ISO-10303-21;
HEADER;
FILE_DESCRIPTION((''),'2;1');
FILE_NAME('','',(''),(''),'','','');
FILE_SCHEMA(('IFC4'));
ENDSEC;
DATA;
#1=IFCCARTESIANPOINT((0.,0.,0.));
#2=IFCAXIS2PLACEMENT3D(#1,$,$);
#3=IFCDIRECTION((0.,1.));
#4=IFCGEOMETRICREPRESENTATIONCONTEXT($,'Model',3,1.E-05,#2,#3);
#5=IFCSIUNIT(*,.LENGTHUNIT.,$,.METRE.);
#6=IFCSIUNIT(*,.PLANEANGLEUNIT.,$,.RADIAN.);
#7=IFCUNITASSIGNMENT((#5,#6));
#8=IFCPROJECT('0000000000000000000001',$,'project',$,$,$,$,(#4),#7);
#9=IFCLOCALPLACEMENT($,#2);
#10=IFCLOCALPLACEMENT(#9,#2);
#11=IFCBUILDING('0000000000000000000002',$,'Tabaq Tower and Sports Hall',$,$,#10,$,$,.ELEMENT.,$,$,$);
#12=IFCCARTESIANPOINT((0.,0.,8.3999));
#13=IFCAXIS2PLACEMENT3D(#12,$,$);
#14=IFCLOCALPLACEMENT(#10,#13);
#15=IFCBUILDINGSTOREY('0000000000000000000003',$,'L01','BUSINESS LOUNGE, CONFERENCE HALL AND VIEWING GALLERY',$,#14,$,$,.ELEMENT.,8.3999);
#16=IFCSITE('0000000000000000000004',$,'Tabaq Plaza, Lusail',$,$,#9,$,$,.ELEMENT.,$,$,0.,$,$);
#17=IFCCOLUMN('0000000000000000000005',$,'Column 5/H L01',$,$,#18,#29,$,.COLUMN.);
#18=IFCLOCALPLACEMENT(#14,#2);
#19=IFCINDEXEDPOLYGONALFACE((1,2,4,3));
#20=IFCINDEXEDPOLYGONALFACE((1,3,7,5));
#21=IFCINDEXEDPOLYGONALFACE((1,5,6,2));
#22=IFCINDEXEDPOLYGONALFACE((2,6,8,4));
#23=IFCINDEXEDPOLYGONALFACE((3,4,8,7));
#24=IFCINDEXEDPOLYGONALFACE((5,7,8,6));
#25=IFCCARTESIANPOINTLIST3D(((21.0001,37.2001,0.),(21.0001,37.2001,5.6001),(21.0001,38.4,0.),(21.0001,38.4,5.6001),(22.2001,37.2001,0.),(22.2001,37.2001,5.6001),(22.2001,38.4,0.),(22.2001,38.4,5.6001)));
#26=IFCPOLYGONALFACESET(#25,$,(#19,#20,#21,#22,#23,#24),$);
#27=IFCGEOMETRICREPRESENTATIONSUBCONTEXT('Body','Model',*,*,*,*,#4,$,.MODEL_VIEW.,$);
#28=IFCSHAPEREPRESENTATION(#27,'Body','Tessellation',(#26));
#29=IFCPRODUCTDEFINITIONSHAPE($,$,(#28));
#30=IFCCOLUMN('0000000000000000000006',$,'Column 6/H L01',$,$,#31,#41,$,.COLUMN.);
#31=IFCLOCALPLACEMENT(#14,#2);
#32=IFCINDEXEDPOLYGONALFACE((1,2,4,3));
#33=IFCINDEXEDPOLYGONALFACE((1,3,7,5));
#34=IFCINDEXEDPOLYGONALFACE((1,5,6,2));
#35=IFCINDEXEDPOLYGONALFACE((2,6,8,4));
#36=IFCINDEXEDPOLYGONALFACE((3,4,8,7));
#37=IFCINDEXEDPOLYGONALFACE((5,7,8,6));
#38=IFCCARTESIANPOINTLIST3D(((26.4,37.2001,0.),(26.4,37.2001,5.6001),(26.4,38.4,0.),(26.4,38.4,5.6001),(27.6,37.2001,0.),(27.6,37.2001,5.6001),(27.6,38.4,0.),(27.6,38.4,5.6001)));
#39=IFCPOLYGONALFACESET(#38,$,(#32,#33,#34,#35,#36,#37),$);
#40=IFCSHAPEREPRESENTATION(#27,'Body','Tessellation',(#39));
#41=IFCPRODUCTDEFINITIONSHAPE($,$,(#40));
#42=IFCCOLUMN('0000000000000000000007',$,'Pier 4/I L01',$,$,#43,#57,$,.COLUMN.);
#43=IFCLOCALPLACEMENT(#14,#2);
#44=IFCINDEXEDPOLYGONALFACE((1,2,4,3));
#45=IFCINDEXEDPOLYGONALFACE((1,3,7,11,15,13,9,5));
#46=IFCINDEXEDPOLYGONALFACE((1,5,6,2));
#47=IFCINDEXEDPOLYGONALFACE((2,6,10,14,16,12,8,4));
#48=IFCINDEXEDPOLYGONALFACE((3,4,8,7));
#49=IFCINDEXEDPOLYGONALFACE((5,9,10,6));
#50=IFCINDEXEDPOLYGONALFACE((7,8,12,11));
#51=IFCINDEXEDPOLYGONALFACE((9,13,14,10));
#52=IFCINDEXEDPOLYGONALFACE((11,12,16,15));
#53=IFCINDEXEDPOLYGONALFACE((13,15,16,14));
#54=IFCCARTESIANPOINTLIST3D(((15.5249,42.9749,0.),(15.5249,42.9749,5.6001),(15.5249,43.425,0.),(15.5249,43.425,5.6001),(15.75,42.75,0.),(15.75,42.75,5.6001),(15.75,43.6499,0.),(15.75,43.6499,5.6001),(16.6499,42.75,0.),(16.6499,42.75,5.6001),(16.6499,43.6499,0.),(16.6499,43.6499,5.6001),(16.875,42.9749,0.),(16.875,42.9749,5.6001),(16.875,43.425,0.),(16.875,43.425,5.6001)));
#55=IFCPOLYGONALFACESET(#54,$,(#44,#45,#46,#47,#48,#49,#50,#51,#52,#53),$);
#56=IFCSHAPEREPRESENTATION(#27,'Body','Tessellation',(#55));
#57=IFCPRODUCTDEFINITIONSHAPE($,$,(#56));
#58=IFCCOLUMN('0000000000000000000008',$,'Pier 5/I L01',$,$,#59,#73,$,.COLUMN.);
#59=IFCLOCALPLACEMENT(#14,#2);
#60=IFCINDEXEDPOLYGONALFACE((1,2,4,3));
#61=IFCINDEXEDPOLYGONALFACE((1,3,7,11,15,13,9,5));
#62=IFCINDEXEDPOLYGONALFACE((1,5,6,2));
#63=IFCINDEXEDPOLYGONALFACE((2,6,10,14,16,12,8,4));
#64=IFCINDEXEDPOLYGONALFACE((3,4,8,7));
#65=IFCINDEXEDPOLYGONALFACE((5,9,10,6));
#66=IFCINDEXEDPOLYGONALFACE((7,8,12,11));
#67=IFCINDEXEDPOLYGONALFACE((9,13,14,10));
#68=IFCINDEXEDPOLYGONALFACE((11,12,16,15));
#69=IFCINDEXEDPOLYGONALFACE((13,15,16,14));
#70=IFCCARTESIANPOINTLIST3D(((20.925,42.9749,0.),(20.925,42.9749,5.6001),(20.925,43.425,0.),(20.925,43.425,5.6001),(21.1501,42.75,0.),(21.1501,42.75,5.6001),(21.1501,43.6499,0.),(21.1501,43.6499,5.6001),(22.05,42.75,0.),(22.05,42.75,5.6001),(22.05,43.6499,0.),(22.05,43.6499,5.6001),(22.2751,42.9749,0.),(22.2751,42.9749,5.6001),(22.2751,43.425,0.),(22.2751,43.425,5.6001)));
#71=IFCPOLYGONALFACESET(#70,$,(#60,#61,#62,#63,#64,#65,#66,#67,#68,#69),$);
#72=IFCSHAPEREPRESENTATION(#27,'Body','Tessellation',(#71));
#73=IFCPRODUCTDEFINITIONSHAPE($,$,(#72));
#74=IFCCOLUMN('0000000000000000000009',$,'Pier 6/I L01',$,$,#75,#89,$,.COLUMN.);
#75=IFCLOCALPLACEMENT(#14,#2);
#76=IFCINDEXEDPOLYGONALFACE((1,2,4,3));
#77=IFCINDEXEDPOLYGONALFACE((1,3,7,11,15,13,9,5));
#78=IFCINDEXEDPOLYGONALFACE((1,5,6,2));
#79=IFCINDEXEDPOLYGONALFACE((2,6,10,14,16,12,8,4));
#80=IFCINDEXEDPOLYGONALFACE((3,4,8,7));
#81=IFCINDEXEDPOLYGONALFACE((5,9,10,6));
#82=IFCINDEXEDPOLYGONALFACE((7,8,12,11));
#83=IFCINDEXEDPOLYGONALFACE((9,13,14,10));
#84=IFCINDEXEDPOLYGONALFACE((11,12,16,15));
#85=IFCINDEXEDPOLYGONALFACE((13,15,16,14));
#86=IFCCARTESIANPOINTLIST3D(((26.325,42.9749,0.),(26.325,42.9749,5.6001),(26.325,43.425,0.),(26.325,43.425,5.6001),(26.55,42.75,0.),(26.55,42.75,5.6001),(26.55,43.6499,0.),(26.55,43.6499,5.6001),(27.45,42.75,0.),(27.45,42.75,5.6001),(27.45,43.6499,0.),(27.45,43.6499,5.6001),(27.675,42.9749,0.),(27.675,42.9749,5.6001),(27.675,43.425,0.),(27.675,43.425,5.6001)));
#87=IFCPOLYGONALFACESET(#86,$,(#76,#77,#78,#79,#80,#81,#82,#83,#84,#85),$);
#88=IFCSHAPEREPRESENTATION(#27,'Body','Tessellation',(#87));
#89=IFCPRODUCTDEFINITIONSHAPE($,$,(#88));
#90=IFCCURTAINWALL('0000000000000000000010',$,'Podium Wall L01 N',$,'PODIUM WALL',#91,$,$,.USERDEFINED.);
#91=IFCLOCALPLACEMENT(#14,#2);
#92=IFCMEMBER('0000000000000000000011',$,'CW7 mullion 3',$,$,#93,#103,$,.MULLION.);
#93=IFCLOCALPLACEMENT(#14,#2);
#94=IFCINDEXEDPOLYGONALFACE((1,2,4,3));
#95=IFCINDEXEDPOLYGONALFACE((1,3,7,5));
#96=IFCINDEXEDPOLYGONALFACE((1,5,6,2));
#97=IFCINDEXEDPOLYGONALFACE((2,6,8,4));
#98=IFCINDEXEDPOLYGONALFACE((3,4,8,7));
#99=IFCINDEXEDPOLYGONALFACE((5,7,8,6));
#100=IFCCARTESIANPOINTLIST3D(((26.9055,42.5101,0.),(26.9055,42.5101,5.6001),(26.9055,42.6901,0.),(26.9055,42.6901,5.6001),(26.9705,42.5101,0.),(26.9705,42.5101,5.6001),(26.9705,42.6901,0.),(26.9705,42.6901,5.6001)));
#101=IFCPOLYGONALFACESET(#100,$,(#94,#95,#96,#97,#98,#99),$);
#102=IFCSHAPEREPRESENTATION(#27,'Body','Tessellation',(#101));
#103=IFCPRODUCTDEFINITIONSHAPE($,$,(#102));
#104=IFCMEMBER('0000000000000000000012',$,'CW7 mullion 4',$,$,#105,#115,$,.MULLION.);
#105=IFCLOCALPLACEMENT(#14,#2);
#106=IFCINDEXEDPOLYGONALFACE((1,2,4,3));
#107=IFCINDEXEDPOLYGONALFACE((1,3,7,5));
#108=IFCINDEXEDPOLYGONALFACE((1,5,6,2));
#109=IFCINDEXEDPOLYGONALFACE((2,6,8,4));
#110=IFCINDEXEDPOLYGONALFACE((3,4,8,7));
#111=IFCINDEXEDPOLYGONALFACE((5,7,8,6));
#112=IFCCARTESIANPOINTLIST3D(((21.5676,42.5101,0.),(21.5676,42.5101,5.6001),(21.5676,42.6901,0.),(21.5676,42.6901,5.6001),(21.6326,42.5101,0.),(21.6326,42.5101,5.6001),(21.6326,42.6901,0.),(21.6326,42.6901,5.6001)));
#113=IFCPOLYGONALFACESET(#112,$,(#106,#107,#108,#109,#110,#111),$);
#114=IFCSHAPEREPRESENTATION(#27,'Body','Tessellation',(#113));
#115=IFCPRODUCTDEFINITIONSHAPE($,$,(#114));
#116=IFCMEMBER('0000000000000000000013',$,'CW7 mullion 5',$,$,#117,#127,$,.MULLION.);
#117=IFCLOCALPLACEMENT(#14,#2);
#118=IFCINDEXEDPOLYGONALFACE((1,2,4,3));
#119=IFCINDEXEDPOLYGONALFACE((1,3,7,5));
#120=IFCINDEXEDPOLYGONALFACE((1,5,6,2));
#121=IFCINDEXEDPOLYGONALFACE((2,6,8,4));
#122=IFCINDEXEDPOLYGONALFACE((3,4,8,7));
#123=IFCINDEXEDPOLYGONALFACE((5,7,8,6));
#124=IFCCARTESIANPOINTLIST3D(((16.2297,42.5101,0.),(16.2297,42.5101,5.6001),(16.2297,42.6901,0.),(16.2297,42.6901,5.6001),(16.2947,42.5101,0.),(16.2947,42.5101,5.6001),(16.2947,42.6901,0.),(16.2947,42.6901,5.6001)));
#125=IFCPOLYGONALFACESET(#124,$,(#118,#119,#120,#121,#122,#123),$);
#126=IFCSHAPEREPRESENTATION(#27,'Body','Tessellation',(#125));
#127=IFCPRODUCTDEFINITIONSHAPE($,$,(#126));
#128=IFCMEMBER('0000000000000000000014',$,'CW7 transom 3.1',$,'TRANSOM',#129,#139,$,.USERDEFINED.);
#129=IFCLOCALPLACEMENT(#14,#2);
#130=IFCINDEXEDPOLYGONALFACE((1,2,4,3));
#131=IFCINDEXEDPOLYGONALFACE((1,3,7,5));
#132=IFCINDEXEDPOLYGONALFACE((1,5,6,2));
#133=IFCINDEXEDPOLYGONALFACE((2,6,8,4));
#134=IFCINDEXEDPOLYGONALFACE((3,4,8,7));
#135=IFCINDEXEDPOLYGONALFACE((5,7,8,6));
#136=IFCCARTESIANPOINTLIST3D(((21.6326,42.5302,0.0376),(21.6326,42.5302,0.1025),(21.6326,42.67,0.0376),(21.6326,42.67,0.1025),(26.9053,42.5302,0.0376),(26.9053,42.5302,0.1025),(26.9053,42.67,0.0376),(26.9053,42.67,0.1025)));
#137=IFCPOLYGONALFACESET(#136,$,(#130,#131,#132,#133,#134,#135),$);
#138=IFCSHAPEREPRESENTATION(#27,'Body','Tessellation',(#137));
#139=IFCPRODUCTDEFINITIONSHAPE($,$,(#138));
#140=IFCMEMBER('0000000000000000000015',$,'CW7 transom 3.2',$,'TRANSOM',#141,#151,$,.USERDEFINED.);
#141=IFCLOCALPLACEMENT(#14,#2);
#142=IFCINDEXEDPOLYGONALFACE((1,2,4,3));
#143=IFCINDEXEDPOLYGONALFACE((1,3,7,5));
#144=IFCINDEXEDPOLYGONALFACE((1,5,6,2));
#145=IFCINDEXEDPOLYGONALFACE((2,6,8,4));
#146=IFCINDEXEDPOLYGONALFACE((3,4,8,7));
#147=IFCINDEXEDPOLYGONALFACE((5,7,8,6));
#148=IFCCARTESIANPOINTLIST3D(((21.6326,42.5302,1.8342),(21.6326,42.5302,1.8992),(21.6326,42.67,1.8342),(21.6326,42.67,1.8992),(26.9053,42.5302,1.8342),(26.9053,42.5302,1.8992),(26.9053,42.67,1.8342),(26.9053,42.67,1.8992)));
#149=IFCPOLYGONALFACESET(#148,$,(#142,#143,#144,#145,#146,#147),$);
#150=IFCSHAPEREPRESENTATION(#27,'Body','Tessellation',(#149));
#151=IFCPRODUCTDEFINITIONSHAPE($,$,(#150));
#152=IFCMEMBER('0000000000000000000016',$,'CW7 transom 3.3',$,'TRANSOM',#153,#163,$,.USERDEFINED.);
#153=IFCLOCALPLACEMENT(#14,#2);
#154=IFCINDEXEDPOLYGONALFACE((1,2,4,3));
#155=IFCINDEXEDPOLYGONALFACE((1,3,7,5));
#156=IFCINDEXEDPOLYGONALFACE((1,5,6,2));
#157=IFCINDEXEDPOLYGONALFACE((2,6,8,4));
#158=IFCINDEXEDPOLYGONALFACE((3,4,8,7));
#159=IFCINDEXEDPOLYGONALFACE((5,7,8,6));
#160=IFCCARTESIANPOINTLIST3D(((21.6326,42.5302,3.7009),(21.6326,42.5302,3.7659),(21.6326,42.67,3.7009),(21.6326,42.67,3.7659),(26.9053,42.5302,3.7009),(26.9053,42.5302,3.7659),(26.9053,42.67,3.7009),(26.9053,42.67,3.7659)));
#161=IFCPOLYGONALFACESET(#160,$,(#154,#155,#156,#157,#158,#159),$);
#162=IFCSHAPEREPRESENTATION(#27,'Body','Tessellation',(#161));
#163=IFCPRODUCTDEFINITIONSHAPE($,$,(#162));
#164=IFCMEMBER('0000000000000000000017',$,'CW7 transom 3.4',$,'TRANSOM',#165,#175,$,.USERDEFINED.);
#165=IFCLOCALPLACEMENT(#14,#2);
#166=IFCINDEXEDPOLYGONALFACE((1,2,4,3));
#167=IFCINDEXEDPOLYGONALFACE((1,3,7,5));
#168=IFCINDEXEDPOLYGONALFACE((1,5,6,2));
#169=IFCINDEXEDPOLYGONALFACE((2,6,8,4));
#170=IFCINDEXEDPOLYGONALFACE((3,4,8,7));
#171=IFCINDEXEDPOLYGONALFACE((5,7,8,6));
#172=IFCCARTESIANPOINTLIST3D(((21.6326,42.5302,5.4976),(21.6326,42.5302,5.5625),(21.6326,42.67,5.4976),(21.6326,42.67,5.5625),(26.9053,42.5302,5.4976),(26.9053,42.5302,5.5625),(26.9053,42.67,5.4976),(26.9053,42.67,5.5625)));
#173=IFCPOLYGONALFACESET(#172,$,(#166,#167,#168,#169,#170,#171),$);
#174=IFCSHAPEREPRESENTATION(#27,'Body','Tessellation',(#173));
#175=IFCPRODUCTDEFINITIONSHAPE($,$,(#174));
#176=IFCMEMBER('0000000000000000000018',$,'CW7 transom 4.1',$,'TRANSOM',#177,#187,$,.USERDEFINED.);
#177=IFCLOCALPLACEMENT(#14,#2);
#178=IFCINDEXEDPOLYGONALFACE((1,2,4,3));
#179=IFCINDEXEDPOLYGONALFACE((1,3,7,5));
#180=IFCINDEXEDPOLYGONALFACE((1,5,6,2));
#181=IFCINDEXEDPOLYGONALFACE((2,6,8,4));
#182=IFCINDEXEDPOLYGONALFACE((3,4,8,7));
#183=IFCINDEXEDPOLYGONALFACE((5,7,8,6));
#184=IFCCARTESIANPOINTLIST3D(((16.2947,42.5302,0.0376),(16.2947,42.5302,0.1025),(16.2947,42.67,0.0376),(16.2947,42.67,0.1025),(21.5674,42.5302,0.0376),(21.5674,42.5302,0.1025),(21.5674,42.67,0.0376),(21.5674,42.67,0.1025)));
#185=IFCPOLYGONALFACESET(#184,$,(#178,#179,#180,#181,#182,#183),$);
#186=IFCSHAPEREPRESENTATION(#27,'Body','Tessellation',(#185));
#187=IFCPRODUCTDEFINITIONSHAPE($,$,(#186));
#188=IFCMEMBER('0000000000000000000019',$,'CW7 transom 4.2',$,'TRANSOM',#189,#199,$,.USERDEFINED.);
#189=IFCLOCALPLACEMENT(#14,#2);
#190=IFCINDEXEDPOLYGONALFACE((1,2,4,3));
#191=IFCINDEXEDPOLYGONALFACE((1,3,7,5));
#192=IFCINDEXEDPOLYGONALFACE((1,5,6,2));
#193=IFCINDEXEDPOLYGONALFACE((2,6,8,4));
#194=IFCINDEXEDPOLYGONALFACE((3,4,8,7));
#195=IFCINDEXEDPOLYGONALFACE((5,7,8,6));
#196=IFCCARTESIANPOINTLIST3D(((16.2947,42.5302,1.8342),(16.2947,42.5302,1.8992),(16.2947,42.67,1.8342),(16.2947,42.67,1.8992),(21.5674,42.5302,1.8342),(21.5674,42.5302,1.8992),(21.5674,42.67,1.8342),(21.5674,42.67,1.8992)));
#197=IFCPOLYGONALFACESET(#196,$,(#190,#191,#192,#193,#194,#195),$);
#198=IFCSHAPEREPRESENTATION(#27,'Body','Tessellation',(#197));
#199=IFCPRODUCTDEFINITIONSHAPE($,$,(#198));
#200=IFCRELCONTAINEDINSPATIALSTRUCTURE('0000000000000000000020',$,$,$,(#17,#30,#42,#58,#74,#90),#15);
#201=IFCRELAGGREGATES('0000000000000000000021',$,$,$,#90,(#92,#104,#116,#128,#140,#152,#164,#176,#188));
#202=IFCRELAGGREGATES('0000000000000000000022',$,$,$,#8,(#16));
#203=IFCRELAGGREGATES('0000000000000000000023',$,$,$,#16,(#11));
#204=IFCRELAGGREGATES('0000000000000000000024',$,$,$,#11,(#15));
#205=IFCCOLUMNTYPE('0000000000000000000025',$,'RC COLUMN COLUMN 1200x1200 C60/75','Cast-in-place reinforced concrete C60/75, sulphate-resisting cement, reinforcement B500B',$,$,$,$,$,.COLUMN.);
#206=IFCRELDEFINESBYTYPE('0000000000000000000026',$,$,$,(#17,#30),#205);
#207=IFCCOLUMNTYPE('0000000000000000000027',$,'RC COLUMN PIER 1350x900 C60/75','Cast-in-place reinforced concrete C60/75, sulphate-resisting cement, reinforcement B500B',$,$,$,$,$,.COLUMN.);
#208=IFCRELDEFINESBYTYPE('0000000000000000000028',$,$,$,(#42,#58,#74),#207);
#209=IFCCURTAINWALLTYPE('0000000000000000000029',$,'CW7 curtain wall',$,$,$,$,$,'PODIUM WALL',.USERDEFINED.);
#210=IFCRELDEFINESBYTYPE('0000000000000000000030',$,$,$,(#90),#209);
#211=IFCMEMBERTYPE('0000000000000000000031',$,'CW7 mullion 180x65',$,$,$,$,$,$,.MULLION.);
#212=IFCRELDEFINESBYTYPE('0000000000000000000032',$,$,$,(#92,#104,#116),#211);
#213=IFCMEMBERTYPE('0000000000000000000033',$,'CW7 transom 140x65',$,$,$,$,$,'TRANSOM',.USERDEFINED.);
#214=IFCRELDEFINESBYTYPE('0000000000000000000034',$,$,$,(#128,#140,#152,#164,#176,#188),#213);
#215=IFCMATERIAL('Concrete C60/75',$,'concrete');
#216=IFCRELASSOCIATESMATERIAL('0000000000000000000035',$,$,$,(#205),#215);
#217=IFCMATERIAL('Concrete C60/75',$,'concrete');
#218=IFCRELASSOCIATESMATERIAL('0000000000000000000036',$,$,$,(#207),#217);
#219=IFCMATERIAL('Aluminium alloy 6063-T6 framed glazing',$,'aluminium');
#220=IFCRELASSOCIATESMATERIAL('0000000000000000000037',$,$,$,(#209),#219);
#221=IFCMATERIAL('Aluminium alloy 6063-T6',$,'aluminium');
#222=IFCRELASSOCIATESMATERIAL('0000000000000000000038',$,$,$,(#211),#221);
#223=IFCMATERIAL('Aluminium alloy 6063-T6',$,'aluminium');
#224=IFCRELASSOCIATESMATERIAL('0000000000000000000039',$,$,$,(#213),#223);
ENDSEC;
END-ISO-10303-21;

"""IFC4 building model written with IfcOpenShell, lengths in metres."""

from ifc_helpers import new_model, si_unit, direction, frame, origin, origin_2d, place, context, subcontext, project, spatial, polyline, rectangle, outline, extrude, material, material_profile, profile_set, type_object, element, aggregate, save


model = new_model("IFC4")

# Units and contexts
model_context = context("Model", 3, precision=1e-05, world=origin(), true_north=direction((0.0, 1.0)))
body_context = subcontext(model_context, "Body", "Model", "MODEL_VIEW")
ifc_project = project(units=[si_unit("LENGTHUNIT", "METRE"), si_unit("PLANEANGLEUNIT", "RADIAN")], contexts=[model_context])

# Site, building, storey
site_placement = place(None, origin())
site = spatial("IfcSite", under=ifc_project, at=site_placement, Name="Tabaq Plaza, Lusail", CompositionType="ELEMENT", RefElevation=0.0)
building_placement = place(site_placement, origin())
building = spatial("IfcBuilding", under=site, at=building_placement, Name="Tabaq Tower and Sports Hall", CompositionType="ELEMENT")
storey_placement = place(building_placement, frame((0.0, 0.0, 8.3999)))
storey = spatial("IfcBuildingStorey", under=building, at=storey_placement, Name="L01", Description="BUSINESS LOUNGE, CONFERENCE HALL AND VIEWING GALLERY", CompositionType="ELEMENT", Elevation=8.3999)

# Columns
ifc_material_1 = material(Name="Concrete C60/75", Category="concrete")
ifc_material_profile_1 = material_profile(ifc_material_1, rectangle(XDim=1.2, YDim=1.2, at=origin_2d()), Name="COLUMN 1200x1200")
ifc_profile_set_1 = profile_set([ifc_material_profile_1], Name="Concrete C60/75")
column_type_1 = type_object("IfcColumnType", Name="RC COLUMN COLUMN 1200x1200 C60/75", Description="Cast-in-place reinforced concrete C60/75, sulphate-resisting cement, reinforcement B500B", PredefinedType="COLUMN", material=ifc_profile_set_1)
for number, where, z_axis, x_axis, name in (
    (1, (21.6001, 37.8, 0.0), (0.0, 0.0, 1.0), (1.0, 0.0, 0.0), "Column 5/H L01"),
    (2, (27.0, 37.8, 0.0), (0.0, 0.0, 1.0), (1.0, 0.0, 0.0), "Column 6/H L01"),
):
    element("IfcColumn", number, at=place(storey_placement, frame(where, z_axis=z_axis, x_axis=x_axis)), inside=storey, type_object=column_type_1, Name=name, PredefinedType="COLUMN", context=body_context, shape_type="SweptSolid", body=[
        extrude(rectangle(XDim=1.2, YDim=1.2, at=origin_2d()), origin(), (0.0, 0.0, 1.0), 5.6001),
    ])
ifc_material_2 = material(Name="Concrete C60/75", Category="concrete")
ifc_material_profile_2 = material_profile(ifc_material_2, outline(polyline([(-0.45, -0.45), (0.45, -0.45), (0.675, -0.2251), (0.675, 0.2251), (0.45, 0.45), (-0.45, 0.45), (-0.675, 0.2251), (-0.675, -0.2251), (-0.45, -0.45)])), Name="PIER 1350x900")
ifc_profile_set_2 = profile_set([ifc_material_profile_2], Name="Concrete C60/75")
column_type_2 = type_object("IfcColumnType", Name="RC COLUMN PIER 1350x900 C60/75", Description="Cast-in-place reinforced concrete C60/75, sulphate-resisting cement, reinforcement B500B", PredefinedType="COLUMN", material=ifc_profile_set_2)
for number, where, z_axis, x_axis, name in (
    (3, (16.2, 43.2, 0.0), (0.0, 0.0, 1.0), (1.0, 0.0, 0.0), "Pier 4/I L01"),
    (4, (21.6001, 43.2, 0.0), (0.0, 0.0, 1.0), (1.0, 0.0, 0.0), "Pier 5/I L01"),
    (5, (27.0, 43.2, 0.0), (0.0, 0.0, 1.0), (1.0, 0.0, 0.0), "Pier 6/I L01"),
):
    element("IfcColumn", number, at=place(storey_placement, frame(where, z_axis=z_axis, x_axis=x_axis)), inside=storey, type_object=column_type_2, Name=name, PredefinedType="COLUMN", context=body_context, shape_type="SweptSolid", body=[
        extrude(outline(polyline([(-0.45, -0.45), (0.45, -0.45), (0.675, -0.2251), (0.675, 0.2251), (0.45, 0.45), (-0.45, 0.45), (-0.675, 0.2251), (-0.675, -0.2251), (-0.45, -0.45)])), origin(), (0.0, 0.0, 1.0), 5.6001),
    ])

# Curtain wall, members
ifc_material_3 = material(Name="Aluminium alloy 6063-T6 framed glazing", Category="aluminium")
curtain_wall_type = type_object("IfcCurtainWallType", Name="CW7 curtain wall", ElementType="PODIUM WALL", PredefinedType="USERDEFINED", material=ifc_material_3)
curtain_wall_placement = place(storey_placement, origin())
curtain_wall = element("IfcCurtainWall", 6, at=curtain_wall_placement, inside=storey, type_object=curtain_wall_type, Name="Podium Wall L01 N", ObjectType="PODIUM WALL", PredefinedType="USERDEFINED")
ifc_material_4 = material(Name="Aluminium alloy 6063-T6", Category="aluminium")
ifc_material_profile_3 = material_profile(ifc_material_4, rectangle(XDim=0.1799, YDim=0.0649, at=origin_2d()), Name="MULLION 180x65")
ifc_profile_set_3 = profile_set([ifc_material_profile_3], Name="Aluminium alloy 6063-T6")
member_type_1 = type_object("IfcMemberType", Name="CW7 mullion 180x65", PredefinedType="MULLION", material=ifc_profile_set_3)
member_1_placement = place(storey_placement, frame((26.938, 42.6001, 0.0), z_axis=(0.0, 0.0, 1.0), x_axis=(0.0, -1.0, 0.0)))
member_1 = element("IfcMember", 7, at=member_1_placement, type_object=member_type_1, Name="CW7 mullion 3", PredefinedType="MULLION", context=body_context, shape_type="SweptSolid", body=[
    extrude(rectangle(XDim=0.1799, YDim=0.0649, at=origin_2d()), origin(), (0.0, 0.0, 1.0), 5.6001),
])
member_2_placement = place(storey_placement, frame((21.6001, 42.6001, 0.0), z_axis=(0.0, 0.0, 1.0), x_axis=(0.0, -1.0, 0.0)))
member_2 = element("IfcMember", 8, at=member_2_placement, type_object=member_type_1, Name="CW7 mullion 4", PredefinedType="MULLION", context=body_context, shape_type="SweptSolid", body=[
    extrude(rectangle(XDim=0.1799, YDim=0.0649, at=origin_2d()), origin(), (0.0, 0.0, 1.0), 5.6001),
])
member_3_placement = place(storey_placement, frame((16.2622, 42.6001, 0.0), z_axis=(0.0, 0.0, 1.0), x_axis=(0.0, -1.0, 0.0)))
member_3 = element("IfcMember", 9, at=member_3_placement, type_object=member_type_1, Name="CW7 mullion 5", PredefinedType="MULLION", context=body_context, shape_type="SweptSolid", body=[
    extrude(rectangle(XDim=0.1799, YDim=0.0649, at=origin_2d()), origin(), (0.0, 0.0, 1.0), 5.6001),
])
ifc_material_5 = material(Name="Aluminium alloy 6063-T6", Category="aluminium")
ifc_material_profile_4 = material_profile(ifc_material_5, rectangle(XDim=0.1399, YDim=0.0649, at=origin_2d()), Name="TRANSOM 140x65")
ifc_profile_set_4 = profile_set([ifc_material_profile_4], Name="Aluminium alloy 6063-T6")
member_type_2 = type_object("IfcMemberType", Name="CW7 transom 140x65", ElementType="TRANSOM", PredefinedType="USERDEFINED", material=ifc_profile_set_4)
member_4_placement = place(storey_placement, frame((26.9053, 42.6001, 0.0701), z_axis=(-1.0, 0.0, 0.0), x_axis=(0.0, -1.0, 0.0)))
member_4 = element("IfcMember", 10, at=member_4_placement, type_object=member_type_2, Name="CW7 transom 3.1", ObjectType="TRANSOM", PredefinedType="USERDEFINED", context=body_context, shape_type="SweptSolid", body=[
    extrude(rectangle(XDim=0.1399, YDim=0.0649, at=origin_2d()), origin(), (0.0, 0.0, 1.0), 5.2727),
])
member_5_placement = place(storey_placement, frame((26.9053, 42.6001, 1.8667), z_axis=(-1.0, 0.0, 0.0), x_axis=(0.0, -1.0, 0.0)))
member_5 = element("IfcMember", 11, at=member_5_placement, type_object=member_type_2, Name="CW7 transom 3.2", ObjectType="TRANSOM", PredefinedType="USERDEFINED", context=body_context, shape_type="SweptSolid", body=[
    extrude(rectangle(XDim=0.1399, YDim=0.0649, at=origin_2d()), origin(), (0.0, 0.0, 1.0), 5.2727),
])
member_6_placement = place(storey_placement, frame((26.9053, 42.6001, 3.7334), z_axis=(-1.0, 0.0, 0.0), x_axis=(0.0, -1.0, 0.0)))
member_6 = element("IfcMember", 12, at=member_6_placement, type_object=member_type_2, Name="CW7 transom 3.3", ObjectType="TRANSOM", PredefinedType="USERDEFINED", context=body_context, shape_type="SweptSolid", body=[
    extrude(rectangle(XDim=0.1399, YDim=0.0649, at=origin_2d()), origin(), (0.0, 0.0, 1.0), 5.2727),
])
member_7_placement = place(storey_placement, frame((26.9053, 42.6001, 5.53), z_axis=(-1.0, 0.0, 0.0), x_axis=(0.0, -1.0, 0.0)))
member_7 = element("IfcMember", 13, at=member_7_placement, type_object=member_type_2, Name="CW7 transom 3.4", ObjectType="TRANSOM", PredefinedType="USERDEFINED", context=body_context, shape_type="SweptSolid", body=[
    extrude(rectangle(XDim=0.1399, YDim=0.0649, at=origin_2d()), origin(), (0.0, 0.0, 1.0), 5.2727),
])
member_8_placement = place(storey_placement, frame((21.5674, 42.6001, 0.0701), z_axis=(-1.0, 0.0, 0.0), x_axis=(0.0, -1.0, 0.0)))
member_8 = element("IfcMember", 14, at=member_8_placement, type_object=member_type_2, Name="CW7 transom 4.1", ObjectType="TRANSOM", PredefinedType="USERDEFINED", context=body_context, shape_type="SweptSolid", body=[
    extrude(rectangle(XDim=0.1399, YDim=0.0649, at=origin_2d()), origin(), (0.0, 0.0, 1.0), 5.2727),
])
member_9_placement = place(storey_placement, frame((21.5674, 42.6001, 1.8667), z_axis=(-1.0, 0.0, 0.0), x_axis=(0.0, -1.0, 0.0)))
member_9 = element("IfcMember", 15, at=member_9_placement, type_object=member_type_2, Name="CW7 transom 4.2", ObjectType="TRANSOM", PredefinedType="USERDEFINED", context=body_context, shape_type="SweptSolid", body=[
    extrude(rectangle(XDim=0.1399, YDim=0.0649, at=origin_2d()), origin(), (0.0, 0.0, 1.0), 5.2727),
])
aggregate(curtain_wall, [member_1, member_2, member_3, member_4, member_5, member_6, member_7, member_8, member_9])

save(model, "model.ifc")
